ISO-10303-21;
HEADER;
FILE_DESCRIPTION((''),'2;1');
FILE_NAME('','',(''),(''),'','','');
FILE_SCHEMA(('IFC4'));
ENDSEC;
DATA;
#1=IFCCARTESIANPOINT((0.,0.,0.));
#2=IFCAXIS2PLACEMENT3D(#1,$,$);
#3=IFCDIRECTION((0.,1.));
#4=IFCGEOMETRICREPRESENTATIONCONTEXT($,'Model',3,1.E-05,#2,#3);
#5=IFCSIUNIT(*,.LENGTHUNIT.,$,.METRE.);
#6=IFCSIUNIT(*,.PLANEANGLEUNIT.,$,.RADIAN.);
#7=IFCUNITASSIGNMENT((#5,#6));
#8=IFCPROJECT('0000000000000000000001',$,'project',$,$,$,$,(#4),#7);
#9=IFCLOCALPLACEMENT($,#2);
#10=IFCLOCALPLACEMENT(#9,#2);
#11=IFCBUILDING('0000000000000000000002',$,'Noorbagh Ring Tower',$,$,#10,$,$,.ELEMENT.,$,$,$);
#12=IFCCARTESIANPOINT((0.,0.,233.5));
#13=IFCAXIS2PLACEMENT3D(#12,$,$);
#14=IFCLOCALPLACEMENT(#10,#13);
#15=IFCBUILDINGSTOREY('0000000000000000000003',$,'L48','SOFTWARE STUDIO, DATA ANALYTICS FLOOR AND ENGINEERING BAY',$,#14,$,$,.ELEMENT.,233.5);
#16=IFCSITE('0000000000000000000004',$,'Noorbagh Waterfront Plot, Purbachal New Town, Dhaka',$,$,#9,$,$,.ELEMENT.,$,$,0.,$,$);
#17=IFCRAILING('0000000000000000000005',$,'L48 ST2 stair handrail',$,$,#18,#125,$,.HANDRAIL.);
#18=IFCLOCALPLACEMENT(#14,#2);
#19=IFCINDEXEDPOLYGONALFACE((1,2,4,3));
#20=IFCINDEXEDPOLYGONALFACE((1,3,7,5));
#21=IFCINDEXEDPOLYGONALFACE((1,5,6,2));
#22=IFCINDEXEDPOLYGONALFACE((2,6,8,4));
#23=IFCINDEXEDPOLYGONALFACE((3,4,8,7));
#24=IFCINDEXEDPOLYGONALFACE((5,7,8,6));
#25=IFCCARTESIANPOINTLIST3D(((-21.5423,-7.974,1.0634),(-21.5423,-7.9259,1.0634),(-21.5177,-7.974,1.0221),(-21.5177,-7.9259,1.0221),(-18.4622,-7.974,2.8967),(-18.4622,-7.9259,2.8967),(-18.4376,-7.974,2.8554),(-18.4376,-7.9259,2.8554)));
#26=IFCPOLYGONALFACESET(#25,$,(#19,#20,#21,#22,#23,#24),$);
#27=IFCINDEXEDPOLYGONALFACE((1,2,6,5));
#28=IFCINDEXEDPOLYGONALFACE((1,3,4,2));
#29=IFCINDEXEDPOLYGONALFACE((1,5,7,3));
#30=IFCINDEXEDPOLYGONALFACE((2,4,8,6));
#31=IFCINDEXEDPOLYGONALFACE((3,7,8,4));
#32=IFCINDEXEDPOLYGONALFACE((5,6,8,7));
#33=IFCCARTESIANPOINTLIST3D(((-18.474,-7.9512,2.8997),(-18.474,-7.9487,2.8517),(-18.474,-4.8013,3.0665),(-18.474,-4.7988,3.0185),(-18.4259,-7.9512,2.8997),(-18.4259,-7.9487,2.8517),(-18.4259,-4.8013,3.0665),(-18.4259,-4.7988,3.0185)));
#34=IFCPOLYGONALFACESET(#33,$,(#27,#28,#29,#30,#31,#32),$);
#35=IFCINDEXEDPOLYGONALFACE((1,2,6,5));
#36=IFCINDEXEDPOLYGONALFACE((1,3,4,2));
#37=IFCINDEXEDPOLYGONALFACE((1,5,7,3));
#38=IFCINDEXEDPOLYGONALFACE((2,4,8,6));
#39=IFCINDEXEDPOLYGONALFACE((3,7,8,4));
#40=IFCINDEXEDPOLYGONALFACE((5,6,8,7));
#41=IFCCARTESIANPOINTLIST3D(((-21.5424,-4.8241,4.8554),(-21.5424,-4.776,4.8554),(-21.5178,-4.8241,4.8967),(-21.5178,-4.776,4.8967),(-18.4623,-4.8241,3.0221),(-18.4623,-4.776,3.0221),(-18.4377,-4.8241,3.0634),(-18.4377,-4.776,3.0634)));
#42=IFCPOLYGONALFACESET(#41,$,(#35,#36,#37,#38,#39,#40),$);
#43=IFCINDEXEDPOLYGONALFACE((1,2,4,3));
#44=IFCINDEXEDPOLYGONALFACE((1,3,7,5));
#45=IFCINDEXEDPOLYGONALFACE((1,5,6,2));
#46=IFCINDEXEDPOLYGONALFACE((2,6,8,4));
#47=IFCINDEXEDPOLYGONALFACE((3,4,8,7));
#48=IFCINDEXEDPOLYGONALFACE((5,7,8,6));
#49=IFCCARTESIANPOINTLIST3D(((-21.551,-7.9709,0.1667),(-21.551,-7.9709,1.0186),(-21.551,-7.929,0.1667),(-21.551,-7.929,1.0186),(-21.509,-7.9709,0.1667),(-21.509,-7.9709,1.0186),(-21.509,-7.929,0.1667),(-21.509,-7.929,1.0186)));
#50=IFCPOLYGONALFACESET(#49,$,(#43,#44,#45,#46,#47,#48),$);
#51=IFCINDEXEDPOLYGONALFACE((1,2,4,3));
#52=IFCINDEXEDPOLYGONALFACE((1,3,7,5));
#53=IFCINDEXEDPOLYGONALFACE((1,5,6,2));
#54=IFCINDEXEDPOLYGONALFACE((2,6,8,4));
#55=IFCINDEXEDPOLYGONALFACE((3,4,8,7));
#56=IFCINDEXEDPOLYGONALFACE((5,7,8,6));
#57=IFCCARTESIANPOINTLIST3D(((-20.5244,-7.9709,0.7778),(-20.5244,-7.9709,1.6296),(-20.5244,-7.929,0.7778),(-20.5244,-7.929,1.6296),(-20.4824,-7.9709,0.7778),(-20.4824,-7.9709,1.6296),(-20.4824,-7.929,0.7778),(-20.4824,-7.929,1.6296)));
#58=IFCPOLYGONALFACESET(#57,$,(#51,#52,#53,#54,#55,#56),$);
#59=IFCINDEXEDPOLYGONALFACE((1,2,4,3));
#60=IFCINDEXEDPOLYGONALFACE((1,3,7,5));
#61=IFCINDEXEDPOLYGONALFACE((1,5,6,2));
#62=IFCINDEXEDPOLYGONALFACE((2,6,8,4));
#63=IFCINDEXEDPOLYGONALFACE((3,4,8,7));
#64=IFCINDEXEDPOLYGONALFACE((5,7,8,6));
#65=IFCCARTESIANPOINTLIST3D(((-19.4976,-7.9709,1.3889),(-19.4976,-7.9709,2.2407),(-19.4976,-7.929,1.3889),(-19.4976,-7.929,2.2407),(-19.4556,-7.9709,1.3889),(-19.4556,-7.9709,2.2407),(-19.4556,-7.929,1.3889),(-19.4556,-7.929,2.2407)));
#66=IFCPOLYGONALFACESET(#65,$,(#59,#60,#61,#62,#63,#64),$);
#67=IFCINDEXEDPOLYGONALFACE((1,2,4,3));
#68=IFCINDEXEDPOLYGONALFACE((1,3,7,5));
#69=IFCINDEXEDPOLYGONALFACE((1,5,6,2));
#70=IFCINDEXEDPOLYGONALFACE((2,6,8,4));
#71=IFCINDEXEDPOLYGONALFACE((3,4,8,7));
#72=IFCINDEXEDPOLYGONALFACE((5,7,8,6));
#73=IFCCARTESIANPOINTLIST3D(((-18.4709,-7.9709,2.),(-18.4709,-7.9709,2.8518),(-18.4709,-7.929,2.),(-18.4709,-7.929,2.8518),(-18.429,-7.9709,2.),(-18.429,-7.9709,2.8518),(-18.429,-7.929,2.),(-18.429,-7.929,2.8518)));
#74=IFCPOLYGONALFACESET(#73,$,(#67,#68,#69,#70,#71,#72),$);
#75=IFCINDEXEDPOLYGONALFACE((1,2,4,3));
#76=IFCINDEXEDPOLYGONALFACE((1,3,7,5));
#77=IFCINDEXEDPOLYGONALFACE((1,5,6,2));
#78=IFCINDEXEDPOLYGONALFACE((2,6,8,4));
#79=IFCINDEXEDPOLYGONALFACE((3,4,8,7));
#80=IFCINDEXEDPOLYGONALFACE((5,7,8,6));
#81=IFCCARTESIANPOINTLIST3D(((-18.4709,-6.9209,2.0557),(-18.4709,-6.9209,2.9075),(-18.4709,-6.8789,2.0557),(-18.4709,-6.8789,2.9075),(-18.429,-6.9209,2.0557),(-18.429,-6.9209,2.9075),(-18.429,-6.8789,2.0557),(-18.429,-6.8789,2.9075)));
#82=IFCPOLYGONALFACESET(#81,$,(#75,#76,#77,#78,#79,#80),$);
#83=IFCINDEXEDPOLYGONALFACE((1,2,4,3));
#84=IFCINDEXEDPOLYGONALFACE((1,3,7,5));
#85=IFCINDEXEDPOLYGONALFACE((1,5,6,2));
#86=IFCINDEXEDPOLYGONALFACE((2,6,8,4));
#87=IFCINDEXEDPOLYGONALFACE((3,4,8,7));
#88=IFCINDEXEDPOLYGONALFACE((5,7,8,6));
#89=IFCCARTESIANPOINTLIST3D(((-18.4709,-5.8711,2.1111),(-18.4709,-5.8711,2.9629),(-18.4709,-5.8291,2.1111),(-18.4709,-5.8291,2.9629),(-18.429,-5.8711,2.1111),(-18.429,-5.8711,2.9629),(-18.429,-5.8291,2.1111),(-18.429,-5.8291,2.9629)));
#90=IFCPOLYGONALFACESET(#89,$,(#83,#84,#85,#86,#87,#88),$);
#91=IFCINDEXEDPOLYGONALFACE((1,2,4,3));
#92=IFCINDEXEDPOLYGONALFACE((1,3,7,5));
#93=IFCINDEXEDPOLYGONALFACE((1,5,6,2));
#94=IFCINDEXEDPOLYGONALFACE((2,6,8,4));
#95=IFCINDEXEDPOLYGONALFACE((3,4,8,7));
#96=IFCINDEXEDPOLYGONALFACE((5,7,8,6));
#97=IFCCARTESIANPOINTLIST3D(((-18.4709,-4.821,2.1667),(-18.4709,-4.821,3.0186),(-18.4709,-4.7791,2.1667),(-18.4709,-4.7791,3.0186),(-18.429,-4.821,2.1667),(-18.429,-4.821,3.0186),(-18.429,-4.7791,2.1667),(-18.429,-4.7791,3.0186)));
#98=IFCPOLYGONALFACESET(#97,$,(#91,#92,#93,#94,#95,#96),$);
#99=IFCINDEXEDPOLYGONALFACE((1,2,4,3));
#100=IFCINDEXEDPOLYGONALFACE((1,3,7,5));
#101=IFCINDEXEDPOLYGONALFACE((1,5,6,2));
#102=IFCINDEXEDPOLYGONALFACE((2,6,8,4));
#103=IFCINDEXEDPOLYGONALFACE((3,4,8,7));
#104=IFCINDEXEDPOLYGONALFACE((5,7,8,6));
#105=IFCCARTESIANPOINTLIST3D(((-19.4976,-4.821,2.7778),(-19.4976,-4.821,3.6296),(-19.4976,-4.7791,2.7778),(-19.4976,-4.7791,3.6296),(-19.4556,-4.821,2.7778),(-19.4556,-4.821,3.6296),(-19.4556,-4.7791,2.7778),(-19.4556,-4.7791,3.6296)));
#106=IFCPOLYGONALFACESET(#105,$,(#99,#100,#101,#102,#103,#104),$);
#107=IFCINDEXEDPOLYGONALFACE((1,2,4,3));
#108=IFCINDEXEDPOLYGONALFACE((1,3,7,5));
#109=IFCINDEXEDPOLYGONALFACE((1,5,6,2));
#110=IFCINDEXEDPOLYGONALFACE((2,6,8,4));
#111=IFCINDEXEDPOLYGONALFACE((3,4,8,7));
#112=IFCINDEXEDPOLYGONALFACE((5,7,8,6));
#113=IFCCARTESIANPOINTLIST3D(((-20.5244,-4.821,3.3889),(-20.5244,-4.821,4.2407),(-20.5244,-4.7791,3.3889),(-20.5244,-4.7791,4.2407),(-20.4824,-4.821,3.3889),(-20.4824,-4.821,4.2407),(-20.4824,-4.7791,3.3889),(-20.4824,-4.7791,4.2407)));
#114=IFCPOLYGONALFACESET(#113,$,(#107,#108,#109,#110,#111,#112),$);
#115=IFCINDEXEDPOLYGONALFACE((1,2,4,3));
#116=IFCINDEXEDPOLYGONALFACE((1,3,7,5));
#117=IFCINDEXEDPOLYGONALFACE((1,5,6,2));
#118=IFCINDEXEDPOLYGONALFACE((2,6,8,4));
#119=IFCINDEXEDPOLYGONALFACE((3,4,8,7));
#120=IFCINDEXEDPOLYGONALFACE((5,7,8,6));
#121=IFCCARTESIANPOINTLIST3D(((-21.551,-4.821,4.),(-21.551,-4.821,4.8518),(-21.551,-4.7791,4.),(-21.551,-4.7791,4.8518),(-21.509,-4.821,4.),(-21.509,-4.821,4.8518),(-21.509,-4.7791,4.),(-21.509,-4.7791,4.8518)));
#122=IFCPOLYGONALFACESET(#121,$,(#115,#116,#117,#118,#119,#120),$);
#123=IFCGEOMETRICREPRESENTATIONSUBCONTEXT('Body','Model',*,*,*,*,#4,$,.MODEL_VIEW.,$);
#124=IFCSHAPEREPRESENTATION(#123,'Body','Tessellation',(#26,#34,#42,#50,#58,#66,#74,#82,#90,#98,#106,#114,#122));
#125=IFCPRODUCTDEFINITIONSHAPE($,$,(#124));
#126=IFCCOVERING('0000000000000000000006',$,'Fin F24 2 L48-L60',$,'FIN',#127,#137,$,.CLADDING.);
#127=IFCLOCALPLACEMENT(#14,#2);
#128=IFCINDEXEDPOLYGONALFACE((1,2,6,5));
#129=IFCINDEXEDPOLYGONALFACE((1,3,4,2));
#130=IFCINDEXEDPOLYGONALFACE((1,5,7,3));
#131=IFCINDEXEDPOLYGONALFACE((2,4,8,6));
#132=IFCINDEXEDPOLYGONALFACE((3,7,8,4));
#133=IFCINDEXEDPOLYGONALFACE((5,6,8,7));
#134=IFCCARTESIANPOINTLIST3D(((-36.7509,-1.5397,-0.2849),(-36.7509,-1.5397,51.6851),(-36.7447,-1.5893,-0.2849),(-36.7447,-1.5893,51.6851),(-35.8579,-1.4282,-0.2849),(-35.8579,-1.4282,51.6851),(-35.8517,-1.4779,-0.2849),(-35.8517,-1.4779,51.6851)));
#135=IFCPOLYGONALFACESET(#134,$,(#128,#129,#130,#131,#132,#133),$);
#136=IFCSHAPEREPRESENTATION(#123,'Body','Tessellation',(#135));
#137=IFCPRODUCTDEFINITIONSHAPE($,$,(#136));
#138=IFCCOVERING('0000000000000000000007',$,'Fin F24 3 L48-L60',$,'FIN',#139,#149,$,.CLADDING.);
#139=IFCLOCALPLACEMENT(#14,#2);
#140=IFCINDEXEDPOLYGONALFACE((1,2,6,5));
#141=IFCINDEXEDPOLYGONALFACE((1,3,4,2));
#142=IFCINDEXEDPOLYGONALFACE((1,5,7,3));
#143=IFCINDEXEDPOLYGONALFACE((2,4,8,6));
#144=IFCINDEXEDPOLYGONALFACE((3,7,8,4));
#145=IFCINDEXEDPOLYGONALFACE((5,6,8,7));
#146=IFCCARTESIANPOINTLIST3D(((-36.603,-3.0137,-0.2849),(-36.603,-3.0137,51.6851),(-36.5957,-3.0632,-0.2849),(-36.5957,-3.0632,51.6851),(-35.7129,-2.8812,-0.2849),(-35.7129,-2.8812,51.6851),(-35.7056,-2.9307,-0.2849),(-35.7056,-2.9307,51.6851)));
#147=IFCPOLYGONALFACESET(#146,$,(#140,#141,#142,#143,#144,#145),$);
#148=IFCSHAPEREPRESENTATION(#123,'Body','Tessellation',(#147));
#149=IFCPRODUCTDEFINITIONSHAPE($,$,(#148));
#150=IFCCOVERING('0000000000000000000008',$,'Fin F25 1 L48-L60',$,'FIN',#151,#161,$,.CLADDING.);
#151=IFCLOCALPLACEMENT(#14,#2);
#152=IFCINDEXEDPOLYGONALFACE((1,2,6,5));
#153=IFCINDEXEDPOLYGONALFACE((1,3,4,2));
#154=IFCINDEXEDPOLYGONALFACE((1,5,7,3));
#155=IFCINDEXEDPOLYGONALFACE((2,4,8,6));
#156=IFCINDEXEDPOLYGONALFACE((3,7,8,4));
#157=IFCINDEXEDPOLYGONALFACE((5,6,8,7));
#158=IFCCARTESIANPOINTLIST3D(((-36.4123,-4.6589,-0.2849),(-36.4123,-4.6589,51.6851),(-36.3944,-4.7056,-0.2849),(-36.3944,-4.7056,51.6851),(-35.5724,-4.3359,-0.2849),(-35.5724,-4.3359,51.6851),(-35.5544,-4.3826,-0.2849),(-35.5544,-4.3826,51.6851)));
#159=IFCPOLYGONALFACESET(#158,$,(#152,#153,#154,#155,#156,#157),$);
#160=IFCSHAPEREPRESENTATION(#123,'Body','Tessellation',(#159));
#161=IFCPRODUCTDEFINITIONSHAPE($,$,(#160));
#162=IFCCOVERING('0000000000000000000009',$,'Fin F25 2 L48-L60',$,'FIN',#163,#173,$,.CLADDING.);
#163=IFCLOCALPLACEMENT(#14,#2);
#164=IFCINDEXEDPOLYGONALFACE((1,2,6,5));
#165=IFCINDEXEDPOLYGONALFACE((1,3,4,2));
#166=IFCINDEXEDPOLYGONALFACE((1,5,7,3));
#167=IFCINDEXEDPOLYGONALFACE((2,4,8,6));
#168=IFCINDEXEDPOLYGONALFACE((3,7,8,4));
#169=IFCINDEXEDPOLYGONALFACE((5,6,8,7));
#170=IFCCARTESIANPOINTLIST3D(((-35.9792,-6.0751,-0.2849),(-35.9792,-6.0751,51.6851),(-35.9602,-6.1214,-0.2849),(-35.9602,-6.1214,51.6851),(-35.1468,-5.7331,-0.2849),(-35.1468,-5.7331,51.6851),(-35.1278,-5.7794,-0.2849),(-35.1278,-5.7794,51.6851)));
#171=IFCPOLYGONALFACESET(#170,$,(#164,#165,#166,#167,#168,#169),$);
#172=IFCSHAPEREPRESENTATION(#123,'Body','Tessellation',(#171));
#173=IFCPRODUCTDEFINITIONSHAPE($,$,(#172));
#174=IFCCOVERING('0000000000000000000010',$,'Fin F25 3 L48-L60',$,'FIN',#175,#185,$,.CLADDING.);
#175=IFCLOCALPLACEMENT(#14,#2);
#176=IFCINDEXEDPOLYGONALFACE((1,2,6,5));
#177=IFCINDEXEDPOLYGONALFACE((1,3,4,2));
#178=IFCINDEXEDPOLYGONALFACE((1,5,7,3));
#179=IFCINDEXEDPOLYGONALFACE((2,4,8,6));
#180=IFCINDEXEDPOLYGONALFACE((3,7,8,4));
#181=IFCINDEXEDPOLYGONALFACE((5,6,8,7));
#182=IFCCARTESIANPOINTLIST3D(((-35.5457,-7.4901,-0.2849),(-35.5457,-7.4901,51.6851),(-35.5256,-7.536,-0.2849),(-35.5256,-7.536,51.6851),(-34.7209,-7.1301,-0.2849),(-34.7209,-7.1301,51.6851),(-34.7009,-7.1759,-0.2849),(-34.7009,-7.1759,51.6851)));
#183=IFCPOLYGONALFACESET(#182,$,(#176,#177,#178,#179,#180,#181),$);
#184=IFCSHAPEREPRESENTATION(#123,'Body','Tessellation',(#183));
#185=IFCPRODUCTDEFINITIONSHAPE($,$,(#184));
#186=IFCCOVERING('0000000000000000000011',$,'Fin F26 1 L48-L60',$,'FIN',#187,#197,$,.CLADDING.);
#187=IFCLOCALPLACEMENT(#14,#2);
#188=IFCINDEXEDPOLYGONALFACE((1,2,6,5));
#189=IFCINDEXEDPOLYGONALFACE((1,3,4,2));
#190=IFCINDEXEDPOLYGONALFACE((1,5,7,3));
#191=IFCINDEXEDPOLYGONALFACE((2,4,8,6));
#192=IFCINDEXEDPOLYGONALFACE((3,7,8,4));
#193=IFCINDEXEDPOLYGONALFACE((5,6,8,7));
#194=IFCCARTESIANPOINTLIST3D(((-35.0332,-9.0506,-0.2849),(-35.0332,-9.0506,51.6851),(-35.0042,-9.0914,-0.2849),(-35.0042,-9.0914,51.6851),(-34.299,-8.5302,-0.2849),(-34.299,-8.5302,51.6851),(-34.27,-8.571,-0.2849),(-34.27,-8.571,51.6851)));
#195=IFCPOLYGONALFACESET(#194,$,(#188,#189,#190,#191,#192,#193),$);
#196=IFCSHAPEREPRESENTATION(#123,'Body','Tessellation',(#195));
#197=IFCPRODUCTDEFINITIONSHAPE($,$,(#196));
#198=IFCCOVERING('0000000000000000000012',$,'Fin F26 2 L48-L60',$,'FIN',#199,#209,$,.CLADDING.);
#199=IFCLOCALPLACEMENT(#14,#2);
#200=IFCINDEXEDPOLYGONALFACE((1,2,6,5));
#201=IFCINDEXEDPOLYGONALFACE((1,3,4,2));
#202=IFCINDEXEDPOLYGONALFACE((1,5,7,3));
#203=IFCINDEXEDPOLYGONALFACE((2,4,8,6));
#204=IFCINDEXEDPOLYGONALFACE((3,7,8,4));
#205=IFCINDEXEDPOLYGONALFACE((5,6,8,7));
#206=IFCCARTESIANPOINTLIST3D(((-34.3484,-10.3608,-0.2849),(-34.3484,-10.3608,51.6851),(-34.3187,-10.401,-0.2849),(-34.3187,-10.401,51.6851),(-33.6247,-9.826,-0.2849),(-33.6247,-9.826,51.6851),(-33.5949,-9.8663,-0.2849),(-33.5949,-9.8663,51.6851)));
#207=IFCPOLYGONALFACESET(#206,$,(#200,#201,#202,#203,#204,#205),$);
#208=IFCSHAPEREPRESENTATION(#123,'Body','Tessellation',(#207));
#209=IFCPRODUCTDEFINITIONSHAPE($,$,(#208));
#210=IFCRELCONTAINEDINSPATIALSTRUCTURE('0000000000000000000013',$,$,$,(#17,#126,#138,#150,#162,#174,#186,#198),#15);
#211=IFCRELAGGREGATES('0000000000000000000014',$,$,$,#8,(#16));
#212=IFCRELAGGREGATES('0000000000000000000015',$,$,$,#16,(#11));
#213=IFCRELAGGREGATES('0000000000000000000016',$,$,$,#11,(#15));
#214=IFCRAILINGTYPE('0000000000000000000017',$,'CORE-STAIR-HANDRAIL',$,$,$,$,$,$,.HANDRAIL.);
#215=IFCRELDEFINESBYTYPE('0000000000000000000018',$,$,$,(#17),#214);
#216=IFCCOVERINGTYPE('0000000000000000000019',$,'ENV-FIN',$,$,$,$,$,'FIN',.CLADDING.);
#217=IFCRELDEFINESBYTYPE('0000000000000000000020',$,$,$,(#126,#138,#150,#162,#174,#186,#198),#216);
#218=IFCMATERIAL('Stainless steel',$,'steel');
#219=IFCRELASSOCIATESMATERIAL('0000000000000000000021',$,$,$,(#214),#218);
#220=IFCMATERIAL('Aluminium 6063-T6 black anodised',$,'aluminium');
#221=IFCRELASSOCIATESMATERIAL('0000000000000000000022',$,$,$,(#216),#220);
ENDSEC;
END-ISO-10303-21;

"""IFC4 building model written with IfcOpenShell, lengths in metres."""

from ifc_helpers import new_model, si_unit, direction, frame, origin, origin_2d, place, context, subcontext, project, spatial, rectangle, extrude, material, material_profile, profile_set, type_object, element, save


model = new_model("IFC4")

# Units and contexts
model_context = context("Model", 3, precision=1e-05, world=origin(), true_north=direction((0.0, 1.0)))
body_context = subcontext(model_context, "Body", "Model", "MODEL_VIEW")
ifc_project = project(units=[si_unit("LENGTHUNIT", "METRE"), si_unit("PLANEANGLEUNIT", "RADIAN")], contexts=[model_context])

# Site, building, storey
site_placement = place(None, origin())
site = spatial("IfcSite", under=ifc_project, at=site_placement, Name="Noorbagh Waterfront Plot, Purbachal New Town, Dhaka", CompositionType="ELEMENT", RefElevation=0.0)
building_placement = place(site_placement, origin())
building = spatial("IfcBuilding", under=site, at=building_placement, Name="Noorbagh Ring Tower", CompositionType="ELEMENT")
storey_placement = place(building_placement, frame((0.0, 0.0, 233.5)))
storey = spatial("IfcBuildingStorey", under=building, at=storey_placement, Name="L48", Description="SOFTWARE STUDIO, DATA ANALYTICS FLOOR AND ENGINEERING BAY", CompositionType="ELEMENT", Elevation=233.5)

# Railing
ifc_material_1 = material(Name="Stainless steel", Category="steel")
railing_type_1 = type_object("IfcRailingType", Name="CORE-STAIR-HANDRAIL", PredefinedType="HANDRAIL", material=ifc_material_1)
railing_1_placement = place(storey_placement, frame((-21.53, -7.95, 0.1667)))
element("IfcRailing", 1, at=railing_1_placement, inside=storey, type_object=railing_type_1, Name="L48 ST2 stair handrail", PredefinedType="HANDRAIL", context=body_context, shape_type="SweptSolid", body=[
    extrude(rectangle(XDim=0.0481, YDim=0.0481, at=origin_2d()), frame((0.0, 0.0, 0.876), z_axis=(0.859309, 0.0, 0.511458), x_axis=(0.0, 1.0, 0.0)), (0.0, 0.0, 1.0), 3.5845),
    extrude(rectangle(XDim=0.0481, YDim=0.0481, at=origin_2d()), frame((3.0801, 0.0, 2.709), z_axis=(0.0, 0.998602, 0.052864), x_axis=(-1.0, 0.0, 0.0)), (0.0, 0.0, 1.0), 3.1543),
    extrude(rectangle(XDim=0.0481, YDim=0.0481, at=origin_2d()), frame((3.0801, 3.1499, 2.876), z_axis=(-0.859309, 0.0, 0.511458), x_axis=(0.0, -1.0, 0.0)), (0.0, 0.0, 1.0), 3.5845),
    extrude(rectangle(XDim=0.042, YDim=0.042, at=origin_2d()), origin(), (0.0, 0.0, 1.0), 0.8518),
    extrude(rectangle(XDim=0.042, YDim=0.042, at=origin_2d()), frame((1.0266, 0.0, 0.6111)), (0.0, 0.0, 1.0), 0.8518),
    extrude(rectangle(XDim=0.042, YDim=0.042, at=origin_2d()), frame((2.0535, 0.0, 1.2222)), (0.0, 0.0, 1.0), 0.8518),
    extrude(rectangle(XDim=0.042, YDim=0.042, at=origin_2d()), frame((3.0801, 0.0, 1.8333)), (0.0, 0.0, 1.0), 0.8518),
    extrude(rectangle(XDim=0.042, YDim=0.042, at=origin_2d()), frame((3.0801, 1.05, 1.8889)), (0.0, 0.0, 1.0), 0.8518),
    extrude(rectangle(XDim=0.042, YDim=0.042, at=origin_2d()), frame((3.0801, 2.0999, 1.9443)), (0.0, 0.0, 1.0), 0.8518),
    extrude(rectangle(XDim=0.042, YDim=0.042, at=origin_2d()), frame((3.0801, 3.1499, 2.0)), (0.0, 0.0, 1.0), 0.8518),
    extrude(rectangle(XDim=0.042, YDim=0.042, at=origin_2d()), frame((2.0535, 3.1499, 2.6111)), (0.0, 0.0, 1.0), 0.8518),
    extrude(rectangle(XDim=0.042, YDim=0.042, at=origin_2d()), frame((1.0266, 3.1499, 3.2222)), (0.0, 0.0, 1.0), 0.8518),
    extrude(rectangle(XDim=0.042, YDim=0.042, at=origin_2d()), frame((0.0, 3.1499, 3.8333)), (0.0, 0.0, 1.0), 0.8518),
])

# Coverings
ifc_material_2 = material(Name="Aluminium 6063-T6 black anodised", Category="aluminium")
ifc_material_profile_1 = material_profile(ifc_material_2, rectangle(XDim=0.8999, YDim=0.05, at=origin_2d()), Name="900x50")
ifc_profile_set_1 = profile_set([ifc_material_profile_1], Name="Aluminium 6063-T6 black anodised")
covering_type = type_object("IfcCoveringType", Name="ENV-FIN", ElementType="FIN", PredefinedType="CLADDING", material=ifc_profile_set_1)
for number, where, z_axis, x_axis, name in (
    (2, (-36.3013, -1.5088, -0.2849), (0.0, 0.0, 1.0), (-0.992303, -0.123835, 0.0), "Fin F24 2 L48-L60"),
    (3, (-36.1543, -2.9722, -0.2849), (0.0, 0.0, 1.0), (-0.989103, -0.147226, 0.0), "Fin F24 3 L48-L60"),
    (4, (-35.9834, -4.5208, -0.2849), (0.0, 0.0, 1.0), (-0.933362, -0.358936, 0.0), "Fin F25 1 L48-L60"),
    (5, (-35.5535, -5.9272, -0.2849), (0.0, 0.0, 1.0), (-0.925001, -0.379965, 0.0), "Fin F25 2 L48-L60"),
    (6, (-35.1233, -7.333, -0.2849), (0.0, 0.0, 1.0), (-0.916475, -0.400092, 0.0), "Fin F25 3 L48-L60"),
    (7, (-34.6516, -8.8108, -0.2849), (0.0, 0.0, 1.0), (-0.815855, -0.578256, 0.0), "Fin F26 1 L48-L60"),
    (8, (-33.9717, -10.1135, -0.2849), (0.0, 0.0, 1.0), (-0.80426, -0.594277, 0.0), "Fin F26 2 L48-L60"),
):
    element("IfcCovering", number, at=place(storey_placement, frame(where, z_axis=z_axis, x_axis=x_axis)), inside=storey, type_object=covering_type, Name=name, ObjectType="FIN", PredefinedType="CLADDING", context=body_context, shape_type="SweptSolid", body=[
        extrude(rectangle(XDim=0.8999, YDim=0.05, at=origin_2d()), origin(), (0.0, 0.0, 1.0), 51.97),
    ])

save(model, "model.ifc")
